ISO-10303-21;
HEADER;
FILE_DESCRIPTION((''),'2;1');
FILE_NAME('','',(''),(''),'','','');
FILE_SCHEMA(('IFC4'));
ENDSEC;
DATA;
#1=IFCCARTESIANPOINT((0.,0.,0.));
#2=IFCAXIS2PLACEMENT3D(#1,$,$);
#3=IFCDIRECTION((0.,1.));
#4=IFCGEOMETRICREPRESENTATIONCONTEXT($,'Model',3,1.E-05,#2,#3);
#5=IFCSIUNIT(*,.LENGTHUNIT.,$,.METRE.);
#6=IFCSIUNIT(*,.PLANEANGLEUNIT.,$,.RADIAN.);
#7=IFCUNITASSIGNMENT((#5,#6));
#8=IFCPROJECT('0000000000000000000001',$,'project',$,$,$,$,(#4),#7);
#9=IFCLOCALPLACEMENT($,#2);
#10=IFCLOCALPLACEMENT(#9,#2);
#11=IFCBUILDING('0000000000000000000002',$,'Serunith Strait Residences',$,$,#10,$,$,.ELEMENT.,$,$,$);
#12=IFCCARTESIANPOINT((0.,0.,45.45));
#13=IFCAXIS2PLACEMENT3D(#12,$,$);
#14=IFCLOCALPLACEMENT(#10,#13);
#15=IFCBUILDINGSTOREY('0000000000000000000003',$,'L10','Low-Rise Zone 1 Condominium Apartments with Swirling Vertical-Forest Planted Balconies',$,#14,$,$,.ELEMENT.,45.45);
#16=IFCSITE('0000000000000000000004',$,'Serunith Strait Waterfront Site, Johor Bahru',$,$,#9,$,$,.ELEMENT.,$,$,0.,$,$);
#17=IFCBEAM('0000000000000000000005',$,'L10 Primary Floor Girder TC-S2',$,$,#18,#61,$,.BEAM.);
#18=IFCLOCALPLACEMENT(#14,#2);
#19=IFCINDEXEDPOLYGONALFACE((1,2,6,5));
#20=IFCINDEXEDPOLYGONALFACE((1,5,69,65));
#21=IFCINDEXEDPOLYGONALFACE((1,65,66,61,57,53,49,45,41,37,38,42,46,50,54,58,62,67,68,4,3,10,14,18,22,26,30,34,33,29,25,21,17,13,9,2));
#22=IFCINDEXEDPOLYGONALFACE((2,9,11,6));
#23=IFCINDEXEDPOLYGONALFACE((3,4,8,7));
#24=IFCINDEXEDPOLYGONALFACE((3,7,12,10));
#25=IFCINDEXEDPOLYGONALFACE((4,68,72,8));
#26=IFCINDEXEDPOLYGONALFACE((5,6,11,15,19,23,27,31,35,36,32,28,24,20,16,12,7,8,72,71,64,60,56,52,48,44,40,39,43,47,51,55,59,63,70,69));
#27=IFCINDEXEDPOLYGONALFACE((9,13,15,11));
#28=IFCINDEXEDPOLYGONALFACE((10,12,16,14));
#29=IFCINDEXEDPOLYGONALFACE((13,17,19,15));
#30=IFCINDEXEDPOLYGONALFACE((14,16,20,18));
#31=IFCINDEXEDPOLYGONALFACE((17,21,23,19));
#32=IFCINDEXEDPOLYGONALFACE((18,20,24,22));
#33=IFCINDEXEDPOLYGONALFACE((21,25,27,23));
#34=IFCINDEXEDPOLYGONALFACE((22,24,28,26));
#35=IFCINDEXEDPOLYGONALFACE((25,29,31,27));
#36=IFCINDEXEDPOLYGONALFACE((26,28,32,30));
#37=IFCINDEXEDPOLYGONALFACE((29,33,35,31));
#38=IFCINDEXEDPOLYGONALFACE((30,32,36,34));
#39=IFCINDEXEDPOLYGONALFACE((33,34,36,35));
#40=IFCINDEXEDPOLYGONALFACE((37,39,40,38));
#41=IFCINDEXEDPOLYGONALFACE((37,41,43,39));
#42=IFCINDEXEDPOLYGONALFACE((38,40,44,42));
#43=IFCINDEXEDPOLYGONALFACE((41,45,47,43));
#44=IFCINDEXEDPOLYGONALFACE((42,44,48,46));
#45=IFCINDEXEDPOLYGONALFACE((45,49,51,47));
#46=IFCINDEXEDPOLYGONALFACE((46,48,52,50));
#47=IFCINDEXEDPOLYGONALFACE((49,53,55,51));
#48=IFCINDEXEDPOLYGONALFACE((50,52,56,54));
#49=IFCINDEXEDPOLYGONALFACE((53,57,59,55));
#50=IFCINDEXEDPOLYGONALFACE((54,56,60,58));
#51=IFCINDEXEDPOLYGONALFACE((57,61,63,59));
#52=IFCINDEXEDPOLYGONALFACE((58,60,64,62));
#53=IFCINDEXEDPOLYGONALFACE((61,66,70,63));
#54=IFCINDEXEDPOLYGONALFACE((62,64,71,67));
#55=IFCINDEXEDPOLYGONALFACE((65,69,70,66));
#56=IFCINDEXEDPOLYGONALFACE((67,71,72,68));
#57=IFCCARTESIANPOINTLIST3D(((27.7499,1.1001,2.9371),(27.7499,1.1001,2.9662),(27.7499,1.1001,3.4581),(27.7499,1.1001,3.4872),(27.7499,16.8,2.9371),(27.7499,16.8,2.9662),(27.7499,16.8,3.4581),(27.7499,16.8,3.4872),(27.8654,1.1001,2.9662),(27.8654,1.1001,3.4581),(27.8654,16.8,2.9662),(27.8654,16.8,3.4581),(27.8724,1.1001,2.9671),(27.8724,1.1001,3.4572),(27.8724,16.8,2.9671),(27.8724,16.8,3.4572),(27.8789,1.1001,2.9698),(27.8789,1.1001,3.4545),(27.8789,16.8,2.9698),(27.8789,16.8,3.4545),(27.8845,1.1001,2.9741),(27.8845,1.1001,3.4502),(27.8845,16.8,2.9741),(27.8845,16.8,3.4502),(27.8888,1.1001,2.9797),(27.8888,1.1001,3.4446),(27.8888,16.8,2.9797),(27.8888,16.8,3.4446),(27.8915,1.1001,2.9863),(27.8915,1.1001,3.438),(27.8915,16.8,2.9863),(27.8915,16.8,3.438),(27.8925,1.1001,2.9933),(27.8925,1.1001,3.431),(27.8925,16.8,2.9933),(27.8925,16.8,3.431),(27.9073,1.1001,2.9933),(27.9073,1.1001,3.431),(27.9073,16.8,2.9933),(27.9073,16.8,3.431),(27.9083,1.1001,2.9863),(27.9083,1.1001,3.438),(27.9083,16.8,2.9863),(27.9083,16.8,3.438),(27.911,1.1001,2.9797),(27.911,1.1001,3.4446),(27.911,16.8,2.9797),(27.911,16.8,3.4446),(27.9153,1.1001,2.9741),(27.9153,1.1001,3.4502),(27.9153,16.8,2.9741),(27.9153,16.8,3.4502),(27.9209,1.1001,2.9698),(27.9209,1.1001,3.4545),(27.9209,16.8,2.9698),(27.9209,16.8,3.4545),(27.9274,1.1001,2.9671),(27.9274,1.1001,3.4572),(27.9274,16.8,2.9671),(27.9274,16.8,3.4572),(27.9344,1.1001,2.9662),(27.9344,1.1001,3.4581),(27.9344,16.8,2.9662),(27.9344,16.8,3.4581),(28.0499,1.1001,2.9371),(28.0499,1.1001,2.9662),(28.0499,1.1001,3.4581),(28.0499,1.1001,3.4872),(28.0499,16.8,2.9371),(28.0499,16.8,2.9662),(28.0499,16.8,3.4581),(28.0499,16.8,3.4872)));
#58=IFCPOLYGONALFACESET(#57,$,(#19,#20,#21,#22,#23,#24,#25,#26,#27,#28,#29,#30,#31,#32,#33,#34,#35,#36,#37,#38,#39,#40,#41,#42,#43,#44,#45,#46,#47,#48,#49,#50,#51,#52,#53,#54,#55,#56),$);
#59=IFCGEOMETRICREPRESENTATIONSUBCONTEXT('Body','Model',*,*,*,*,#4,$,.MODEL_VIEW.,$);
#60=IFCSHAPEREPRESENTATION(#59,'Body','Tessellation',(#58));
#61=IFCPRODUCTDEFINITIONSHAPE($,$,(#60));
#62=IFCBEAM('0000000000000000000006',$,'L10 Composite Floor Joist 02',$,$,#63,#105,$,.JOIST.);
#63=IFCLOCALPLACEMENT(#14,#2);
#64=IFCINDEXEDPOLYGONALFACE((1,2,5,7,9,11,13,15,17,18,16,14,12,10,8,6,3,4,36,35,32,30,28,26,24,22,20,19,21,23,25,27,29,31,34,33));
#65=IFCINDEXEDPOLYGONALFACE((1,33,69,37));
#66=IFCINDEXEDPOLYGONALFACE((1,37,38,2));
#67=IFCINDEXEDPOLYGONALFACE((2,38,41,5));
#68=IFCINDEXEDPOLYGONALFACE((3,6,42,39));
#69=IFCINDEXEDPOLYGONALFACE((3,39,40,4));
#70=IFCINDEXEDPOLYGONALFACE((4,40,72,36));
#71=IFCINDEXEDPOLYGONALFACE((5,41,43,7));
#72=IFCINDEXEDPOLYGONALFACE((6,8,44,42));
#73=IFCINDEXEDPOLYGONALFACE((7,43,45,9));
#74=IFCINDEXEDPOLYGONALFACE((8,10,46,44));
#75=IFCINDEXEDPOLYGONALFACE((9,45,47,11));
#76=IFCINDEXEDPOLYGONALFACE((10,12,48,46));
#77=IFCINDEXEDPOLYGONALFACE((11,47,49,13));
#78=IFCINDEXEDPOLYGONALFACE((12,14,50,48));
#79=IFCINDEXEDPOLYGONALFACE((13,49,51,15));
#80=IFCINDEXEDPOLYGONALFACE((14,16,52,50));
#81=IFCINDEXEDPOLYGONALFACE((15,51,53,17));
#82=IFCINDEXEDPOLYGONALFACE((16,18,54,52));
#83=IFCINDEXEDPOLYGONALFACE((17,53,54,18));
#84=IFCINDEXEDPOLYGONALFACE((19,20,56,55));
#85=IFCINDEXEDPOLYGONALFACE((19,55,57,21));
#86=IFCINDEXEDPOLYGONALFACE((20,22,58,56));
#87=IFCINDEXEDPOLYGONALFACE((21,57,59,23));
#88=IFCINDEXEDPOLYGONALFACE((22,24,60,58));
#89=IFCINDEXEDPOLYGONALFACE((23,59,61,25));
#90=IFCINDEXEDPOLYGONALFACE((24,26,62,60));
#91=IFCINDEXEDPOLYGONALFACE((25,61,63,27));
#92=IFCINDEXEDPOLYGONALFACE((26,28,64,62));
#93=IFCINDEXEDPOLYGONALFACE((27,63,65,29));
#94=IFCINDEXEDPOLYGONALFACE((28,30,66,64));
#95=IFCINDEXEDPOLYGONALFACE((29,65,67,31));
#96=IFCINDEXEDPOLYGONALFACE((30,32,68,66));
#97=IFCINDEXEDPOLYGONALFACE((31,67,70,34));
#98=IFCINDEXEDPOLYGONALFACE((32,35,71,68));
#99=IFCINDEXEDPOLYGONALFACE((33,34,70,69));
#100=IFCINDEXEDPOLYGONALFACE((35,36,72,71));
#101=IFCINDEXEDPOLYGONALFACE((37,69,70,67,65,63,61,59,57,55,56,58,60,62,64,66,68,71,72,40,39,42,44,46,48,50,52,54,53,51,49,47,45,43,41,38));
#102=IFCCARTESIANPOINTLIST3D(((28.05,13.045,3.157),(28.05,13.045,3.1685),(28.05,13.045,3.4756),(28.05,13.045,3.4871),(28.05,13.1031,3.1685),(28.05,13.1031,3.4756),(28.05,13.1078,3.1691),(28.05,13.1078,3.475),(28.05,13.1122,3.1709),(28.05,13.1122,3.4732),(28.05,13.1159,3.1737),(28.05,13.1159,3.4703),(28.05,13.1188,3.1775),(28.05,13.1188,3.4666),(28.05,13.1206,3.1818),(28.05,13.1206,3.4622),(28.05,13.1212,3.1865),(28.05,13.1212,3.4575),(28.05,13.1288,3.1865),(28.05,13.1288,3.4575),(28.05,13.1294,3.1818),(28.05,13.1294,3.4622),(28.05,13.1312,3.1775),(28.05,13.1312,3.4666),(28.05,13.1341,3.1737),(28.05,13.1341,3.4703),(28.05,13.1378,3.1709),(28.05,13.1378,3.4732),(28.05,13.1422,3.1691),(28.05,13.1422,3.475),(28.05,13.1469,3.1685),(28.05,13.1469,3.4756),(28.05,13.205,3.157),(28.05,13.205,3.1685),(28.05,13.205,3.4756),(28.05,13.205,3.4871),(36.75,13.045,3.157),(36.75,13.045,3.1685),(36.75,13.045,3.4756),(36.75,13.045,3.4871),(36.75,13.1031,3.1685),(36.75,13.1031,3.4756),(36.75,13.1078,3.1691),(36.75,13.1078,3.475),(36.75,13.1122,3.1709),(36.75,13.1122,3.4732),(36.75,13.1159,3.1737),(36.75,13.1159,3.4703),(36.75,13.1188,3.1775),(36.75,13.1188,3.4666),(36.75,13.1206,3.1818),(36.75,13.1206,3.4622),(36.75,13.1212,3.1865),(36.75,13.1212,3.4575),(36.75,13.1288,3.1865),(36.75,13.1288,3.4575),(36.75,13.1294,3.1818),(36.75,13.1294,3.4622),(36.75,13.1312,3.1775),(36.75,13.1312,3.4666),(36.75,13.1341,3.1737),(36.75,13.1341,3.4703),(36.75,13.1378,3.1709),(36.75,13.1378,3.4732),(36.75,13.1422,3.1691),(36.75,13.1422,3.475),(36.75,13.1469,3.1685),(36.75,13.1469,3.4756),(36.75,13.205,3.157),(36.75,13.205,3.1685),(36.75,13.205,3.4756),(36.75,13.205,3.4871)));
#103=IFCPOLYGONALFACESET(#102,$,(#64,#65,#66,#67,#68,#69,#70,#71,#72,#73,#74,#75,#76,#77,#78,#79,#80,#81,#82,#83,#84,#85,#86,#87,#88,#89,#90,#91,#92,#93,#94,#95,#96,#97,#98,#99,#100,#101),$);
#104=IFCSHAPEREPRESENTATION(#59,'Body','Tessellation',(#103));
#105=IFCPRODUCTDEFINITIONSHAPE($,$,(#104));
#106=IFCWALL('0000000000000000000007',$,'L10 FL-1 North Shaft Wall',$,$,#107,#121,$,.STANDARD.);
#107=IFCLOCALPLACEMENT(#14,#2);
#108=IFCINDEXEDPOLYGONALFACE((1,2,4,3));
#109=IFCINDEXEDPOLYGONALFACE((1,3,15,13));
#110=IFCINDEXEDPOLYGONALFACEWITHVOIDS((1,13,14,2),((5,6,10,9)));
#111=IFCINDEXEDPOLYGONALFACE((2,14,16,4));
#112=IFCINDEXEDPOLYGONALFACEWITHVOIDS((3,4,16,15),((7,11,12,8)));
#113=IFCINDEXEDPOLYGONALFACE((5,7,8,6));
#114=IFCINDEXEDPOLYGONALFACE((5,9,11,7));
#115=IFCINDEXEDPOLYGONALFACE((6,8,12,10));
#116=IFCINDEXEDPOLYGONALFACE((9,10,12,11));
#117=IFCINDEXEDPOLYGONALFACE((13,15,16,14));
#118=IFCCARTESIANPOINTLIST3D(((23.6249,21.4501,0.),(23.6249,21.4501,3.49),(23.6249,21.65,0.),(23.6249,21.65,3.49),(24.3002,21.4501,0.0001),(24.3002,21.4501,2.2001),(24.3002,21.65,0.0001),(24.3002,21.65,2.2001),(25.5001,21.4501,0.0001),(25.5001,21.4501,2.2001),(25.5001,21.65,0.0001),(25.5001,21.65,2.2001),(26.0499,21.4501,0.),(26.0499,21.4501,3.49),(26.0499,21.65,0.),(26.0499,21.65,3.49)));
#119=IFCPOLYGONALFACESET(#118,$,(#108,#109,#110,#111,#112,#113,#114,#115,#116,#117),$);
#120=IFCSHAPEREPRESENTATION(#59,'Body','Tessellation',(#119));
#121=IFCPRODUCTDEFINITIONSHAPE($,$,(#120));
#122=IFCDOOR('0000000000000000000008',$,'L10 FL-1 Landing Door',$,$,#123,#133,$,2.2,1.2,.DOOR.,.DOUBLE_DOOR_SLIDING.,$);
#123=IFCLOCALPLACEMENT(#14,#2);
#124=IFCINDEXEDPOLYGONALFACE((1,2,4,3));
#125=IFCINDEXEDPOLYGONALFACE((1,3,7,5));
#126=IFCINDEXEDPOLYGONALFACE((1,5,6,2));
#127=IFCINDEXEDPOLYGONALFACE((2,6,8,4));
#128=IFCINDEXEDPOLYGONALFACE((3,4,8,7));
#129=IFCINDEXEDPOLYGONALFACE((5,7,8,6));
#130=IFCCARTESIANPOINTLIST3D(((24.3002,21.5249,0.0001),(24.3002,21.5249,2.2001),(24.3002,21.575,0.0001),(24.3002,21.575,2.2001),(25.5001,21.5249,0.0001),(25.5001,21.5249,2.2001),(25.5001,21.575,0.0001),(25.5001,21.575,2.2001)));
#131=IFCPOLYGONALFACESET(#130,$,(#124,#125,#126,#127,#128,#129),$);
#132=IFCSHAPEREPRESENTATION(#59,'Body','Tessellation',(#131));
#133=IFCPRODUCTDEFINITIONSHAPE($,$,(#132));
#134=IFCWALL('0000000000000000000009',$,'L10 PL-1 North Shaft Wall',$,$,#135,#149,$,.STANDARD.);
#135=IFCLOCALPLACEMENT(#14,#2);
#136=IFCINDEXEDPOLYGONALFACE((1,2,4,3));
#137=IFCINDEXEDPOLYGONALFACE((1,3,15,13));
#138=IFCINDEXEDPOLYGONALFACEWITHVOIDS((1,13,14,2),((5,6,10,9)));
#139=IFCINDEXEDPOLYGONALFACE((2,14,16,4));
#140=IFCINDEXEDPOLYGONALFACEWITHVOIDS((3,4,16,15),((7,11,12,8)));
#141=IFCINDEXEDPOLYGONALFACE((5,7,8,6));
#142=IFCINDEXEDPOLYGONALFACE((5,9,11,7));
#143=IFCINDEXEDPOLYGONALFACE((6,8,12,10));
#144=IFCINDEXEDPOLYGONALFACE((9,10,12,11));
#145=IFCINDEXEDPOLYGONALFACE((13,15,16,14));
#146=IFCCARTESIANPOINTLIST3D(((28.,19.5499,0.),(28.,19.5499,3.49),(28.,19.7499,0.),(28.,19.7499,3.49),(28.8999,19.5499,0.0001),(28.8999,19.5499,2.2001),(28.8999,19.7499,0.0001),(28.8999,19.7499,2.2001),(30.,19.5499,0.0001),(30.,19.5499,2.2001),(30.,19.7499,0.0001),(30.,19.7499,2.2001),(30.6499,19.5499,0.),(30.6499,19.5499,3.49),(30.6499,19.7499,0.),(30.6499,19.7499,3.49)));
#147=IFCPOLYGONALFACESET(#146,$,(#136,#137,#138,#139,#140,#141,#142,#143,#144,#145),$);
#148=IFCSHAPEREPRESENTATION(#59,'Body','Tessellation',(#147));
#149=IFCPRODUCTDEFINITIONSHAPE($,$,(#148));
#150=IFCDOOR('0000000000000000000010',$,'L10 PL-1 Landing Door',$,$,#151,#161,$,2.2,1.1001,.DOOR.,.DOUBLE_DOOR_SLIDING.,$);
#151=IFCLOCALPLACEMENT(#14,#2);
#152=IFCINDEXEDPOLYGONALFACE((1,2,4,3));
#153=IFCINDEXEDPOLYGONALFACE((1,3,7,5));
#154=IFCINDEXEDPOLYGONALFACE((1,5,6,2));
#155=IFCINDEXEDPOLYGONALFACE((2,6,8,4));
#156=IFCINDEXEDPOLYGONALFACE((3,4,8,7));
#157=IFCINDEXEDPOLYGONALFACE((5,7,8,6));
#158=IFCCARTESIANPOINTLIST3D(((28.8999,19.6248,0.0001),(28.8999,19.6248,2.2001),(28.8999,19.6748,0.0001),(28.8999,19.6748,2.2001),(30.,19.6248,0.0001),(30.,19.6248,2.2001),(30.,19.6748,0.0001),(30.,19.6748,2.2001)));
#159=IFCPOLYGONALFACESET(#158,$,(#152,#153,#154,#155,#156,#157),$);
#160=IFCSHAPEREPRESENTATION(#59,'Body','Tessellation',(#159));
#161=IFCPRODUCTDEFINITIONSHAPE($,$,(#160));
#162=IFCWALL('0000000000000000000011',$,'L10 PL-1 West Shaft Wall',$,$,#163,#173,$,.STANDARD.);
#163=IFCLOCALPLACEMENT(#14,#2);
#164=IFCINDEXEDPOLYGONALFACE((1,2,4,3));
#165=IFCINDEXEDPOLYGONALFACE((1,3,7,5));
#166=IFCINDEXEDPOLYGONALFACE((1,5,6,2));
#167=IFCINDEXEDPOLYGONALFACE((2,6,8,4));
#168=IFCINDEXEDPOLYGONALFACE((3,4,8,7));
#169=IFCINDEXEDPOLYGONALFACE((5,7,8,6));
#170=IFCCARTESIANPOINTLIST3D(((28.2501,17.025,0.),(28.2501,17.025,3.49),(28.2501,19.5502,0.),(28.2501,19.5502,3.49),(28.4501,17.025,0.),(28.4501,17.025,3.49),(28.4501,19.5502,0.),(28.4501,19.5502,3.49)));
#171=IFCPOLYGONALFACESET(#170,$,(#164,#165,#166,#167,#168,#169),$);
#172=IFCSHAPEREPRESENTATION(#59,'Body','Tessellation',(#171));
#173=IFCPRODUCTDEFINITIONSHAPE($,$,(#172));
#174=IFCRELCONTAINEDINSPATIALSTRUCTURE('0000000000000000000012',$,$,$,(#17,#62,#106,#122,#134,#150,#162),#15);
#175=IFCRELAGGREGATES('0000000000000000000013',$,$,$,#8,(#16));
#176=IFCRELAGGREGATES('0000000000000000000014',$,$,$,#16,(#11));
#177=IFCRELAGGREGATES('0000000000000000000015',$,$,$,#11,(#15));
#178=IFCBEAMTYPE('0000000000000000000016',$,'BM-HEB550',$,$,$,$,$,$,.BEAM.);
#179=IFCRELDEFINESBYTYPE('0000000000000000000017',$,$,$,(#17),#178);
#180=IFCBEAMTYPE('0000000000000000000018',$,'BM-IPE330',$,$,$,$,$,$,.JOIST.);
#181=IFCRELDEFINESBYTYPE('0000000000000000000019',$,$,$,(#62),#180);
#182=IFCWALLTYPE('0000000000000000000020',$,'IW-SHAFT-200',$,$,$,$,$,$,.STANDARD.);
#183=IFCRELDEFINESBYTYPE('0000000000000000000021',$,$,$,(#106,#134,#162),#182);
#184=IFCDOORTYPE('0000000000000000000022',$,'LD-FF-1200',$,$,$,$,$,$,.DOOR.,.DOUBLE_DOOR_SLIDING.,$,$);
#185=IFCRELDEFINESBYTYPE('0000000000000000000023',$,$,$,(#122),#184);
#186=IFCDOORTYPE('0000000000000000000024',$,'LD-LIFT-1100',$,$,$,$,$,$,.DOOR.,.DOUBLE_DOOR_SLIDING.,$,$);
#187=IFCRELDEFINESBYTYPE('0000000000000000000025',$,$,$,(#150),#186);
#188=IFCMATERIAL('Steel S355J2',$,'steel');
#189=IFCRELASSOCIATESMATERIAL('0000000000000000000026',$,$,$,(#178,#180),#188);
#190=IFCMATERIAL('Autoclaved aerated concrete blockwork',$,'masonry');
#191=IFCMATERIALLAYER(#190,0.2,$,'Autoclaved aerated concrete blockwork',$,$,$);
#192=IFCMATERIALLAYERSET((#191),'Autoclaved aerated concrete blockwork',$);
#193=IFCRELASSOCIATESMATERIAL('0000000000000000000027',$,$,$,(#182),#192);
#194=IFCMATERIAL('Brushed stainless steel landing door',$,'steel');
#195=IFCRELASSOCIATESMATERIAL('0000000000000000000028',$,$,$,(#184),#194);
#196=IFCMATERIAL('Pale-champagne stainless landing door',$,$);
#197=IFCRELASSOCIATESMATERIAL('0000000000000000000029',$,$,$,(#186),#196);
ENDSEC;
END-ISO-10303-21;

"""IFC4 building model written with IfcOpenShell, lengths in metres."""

from ifc_helpers import new_model, si_unit, direction, frame, frame_2d, origin, origin_2d, place, context, subcontext, project, spatial, rectangle, i_section, extrude, source, transform, mapped, material, layer, layer_set, material_profile, profile_set, type_object, element, fill, save


model = new_model("IFC4")

# Units and contexts
model_context = context("Model", 3, precision=1e-05, world=origin(), true_north=direction((0.0, 1.0)))
body_context = subcontext(model_context, "Body", "Model", "MODEL_VIEW")
ifc_project = project(units=[si_unit("LENGTHUNIT", "METRE"), si_unit("PLANEANGLEUNIT", "RADIAN")], contexts=[model_context])

# Site, building, storey
site_placement = place(None, origin())
site = spatial("IfcSite", under=ifc_project, at=site_placement, Name="Serunith Strait Waterfront Site, Johor Bahru", CompositionType="ELEMENT", RefElevation=0.0)
building_placement = place(site_placement, origin())
building = spatial("IfcBuilding", under=site, at=building_placement, Name="Serunith Strait Residences", CompositionType="ELEMENT")
storey_placement = place(building_placement, frame((0.0, 0.0, 45.45)))
storey = spatial("IfcBuildingStorey", under=building, at=storey_placement, Name="L10", Description="Low-Rise Zone 1 Condominium Apartments with Swirling Vertical-Forest Planted Balconies", CompositionType="ELEMENT", Elevation=45.45)

# Beams
ifc_material_1 = material(Name="Steel S355J2", Category="steel")
ifc_material_profile_1 = material_profile(ifc_material_1, i_section(OverallWidth=0.3, OverallDepth=0.55, WebThickness=0.0149, FlangeThickness=0.0291, FilletRadius=0.0271, at=origin_2d()), Name="HEB 550")
ifc_profile_set_1 = profile_set([ifc_material_profile_1], Name="Steel S355J2")
beam_type_1 = type_object("IfcBeamType", Name="BM-HEB550", PredefinedType="BEAM", material=ifc_profile_set_1)
shared_shape_1 = source(origin(), body_context, "Body", "SweptSolid", [
    extrude(i_section(OverallWidth=0.3, OverallDepth=0.55, WebThickness=0.0149, FlangeThickness=0.0291, FilletRadius=0.0271, at=origin_2d()), origin(), (0.0, 0.0, 1.0), 15.7),
])
beam_1_placement = place(storey_placement, frame((27.8999, 16.8, 3.2122), z_axis=(0.0, -1.0, 0.0), x_axis=(1.0, 0.0, 0.0)))
element("IfcBeam", 1, at=beam_1_placement, inside=storey, type_object=beam_type_1, Name="L10 Primary Floor Girder TC-S2", PredefinedType="BEAM", context=body_context, shape_type="MappedRepresentation", body=[
    mapped(shared_shape_1, transform((0.0, 0.0, 0.0), scale=1.0)),
])
ifc_material_profile_2 = material_profile(ifc_material_1, i_section(OverallWidth=0.1599, OverallDepth=0.3301, WebThickness=0.0076, FlangeThickness=0.0115, FilletRadius=0.0181, at=origin_2d()), Name="IPE 330")
ifc_profile_set_2 = profile_set([ifc_material_profile_2], Name="Steel S355J2")
beam_type_2 = type_object("IfcBeamType", Name="BM-IPE330", PredefinedType="JOIST", material=ifc_profile_set_2)
shared_shape_2 = source(origin(), body_context, "Body", "SweptSolid", [
    extrude(i_section(OverallWidth=0.1599, OverallDepth=0.3301, WebThickness=0.0076, FlangeThickness=0.0115, FilletRadius=0.0181, at=origin_2d()), origin(), (0.0, 0.0, 1.0), 8.7),
])
beam_2_placement = place(storey_placement, frame((28.05, 13.125, 3.322), z_axis=(1.0, 0.0, 0.0), x_axis=(0.0, 1.0, 0.0)))
element("IfcBeam", 2, at=beam_2_placement, inside=storey, type_object=beam_type_2, Name="L10 Composite Floor Joist 02", PredefinedType="JOIST", context=body_context, shape_type="MappedRepresentation", body=[
    mapped(shared_shape_2, transform((0.0, 0.0, 0.0), scale=1.0)),
])

# Walls, openings, doors
ifc_material_2 = material(Name="Autoclaved aerated concrete blockwork", Category="masonry")
ifc_layer_1 = layer(ifc_material_2, 0.2, Name="Autoclaved aerated concrete blockwork")
ifc_layer_set_1 = layer_set([ifc_layer_1], Name="Autoclaved aerated concrete blockwork")
wall_type_1 = type_object("IfcWallType", Name="IW-SHAFT-200", PredefinedType="STANDARD", material=ifc_layer_set_1)
wall_1_placement = place(storey_placement, frame((23.625, 21.55, 0.0), z_axis=(0.0, 0.0, 1.0), x_axis=(1.0, 0.0, 0.0)))
wall_1 = element("IfcWall", 3, at=wall_1_placement, inside=storey, type_object=wall_type_1, Name="L10 FL-1 North Shaft Wall", PredefinedType="STANDARD", context=body_context, shape_type="SweptSolid", body=[
    extrude(rectangle(XDim=2.425, YDim=0.2, at=frame_2d((1.2124, 0.0))), origin(), (0.0, 0.0, 1.0), 3.49),
])
opening_1_placement = place(wall_1_placement, frame((0.675, 0.0, 0.0)))
opening_1 = element("IfcOpeningElement", 4, at=opening_1_placement, cuts=wall_1, PredefinedType="OPENING", context=body_context, shape_type="SweptSolid", body=[
    extrude(rectangle(XDim=1.2, YDim=2.2, at=frame_2d((0.6001, 1.1001))), frame((0.0, 0.1099, 0.0), z_axis=(0.0, -1.0, 0.0), x_axis=(1.0, 0.0, 0.0)), (0.0, 0.0, 1.0), 0.22),
])
ifc_material_3 = material(Name="Brushed stainless steel landing door", Category="steel")
door_type_1 = type_object("IfcDoorType", Name="LD-FF-1200", OperationType="DOUBLE_DOOR_SLIDING", PredefinedType="DOOR", material=ifc_material_3)
shared_shape_3 = source(origin(), body_context, "Body", "SweptSolid", [
    extrude(rectangle(XDim=1.2, YDim=2.2, at=frame_2d((0.6001, 1.1001))), frame((0.0, 0.0249, 0.0), z_axis=(0.0, -1.0, 0.0), x_axis=(1.0, 0.0, 0.0)), (0.0, 0.0, 1.0), 0.05),
])
door_1_placement = place(opening_1_placement, origin())
door_1 = element("IfcDoor", 5, at=door_1_placement, inside=storey, type_object=door_type_1, Name="L10 FL-1 Landing Door", OperationType="DOUBLE_DOOR_SLIDING", OverallHeight=2.2, OverallWidth=1.2, PredefinedType="DOOR", context=body_context, shape_type="MappedRepresentation", body=[
    mapped(shared_shape_3, transform((0.0, 0.0, 0.0), scale=1.0)),
])
fill(opening_1, door_1)
wall_2_placement = place(storey_placement, frame((28.0, 19.6499, 0.0), z_axis=(0.0, 0.0, 1.0), x_axis=(1.0, 0.0, 0.0)))
wall_2 = element("IfcWall", 6, at=wall_2_placement, inside=storey, type_object=wall_type_1, Name="L10 PL-1 North Shaft Wall", PredefinedType="STANDARD", context=body_context, shape_type="SweptSolid", body=[
    extrude(rectangle(XDim=2.6499, YDim=0.2, at=frame_2d((1.325, 0.0))), origin(), (0.0, 0.0, 1.0), 3.49),
])
opening_2_placement = place(wall_2_placement, frame((0.8999, 0.0, 0.0)))
opening_2 = element("IfcOpeningElement", 7, at=opening_2_placement, cuts=wall_2, PredefinedType="OPENING", context=body_context, shape_type="SweptSolid", body=[
    extrude(rectangle(XDim=1.1001, YDim=2.2, at=frame_2d((0.55, 1.1001))), frame((0.0, 0.1099, 0.0), z_axis=(0.0, -1.0, 0.0), x_axis=(1.0, 0.0, 0.0)), (0.0, 0.0, 1.0), 0.22),
])
ifc_material_4 = material(Name="Pale-champagne stainless landing door")
door_type_2 = type_object("IfcDoorType", Name="LD-LIFT-1100", OperationType="DOUBLE_DOOR_SLIDING", PredefinedType="DOOR", material=ifc_material_4)
shared_shape_4 = source(origin(), body_context, "Body", "SweptSolid", [
    extrude(rectangle(XDim=1.1001, YDim=2.2, at=frame_2d((0.55, 1.1001))), frame((0.0, 0.0249, 0.0), z_axis=(0.0, -1.0, 0.0), x_axis=(1.0, 0.0, 0.0)), (0.0, 0.0, 1.0), 0.05),
])
door_2_placement = place(opening_2_placement, origin())
door_2 = element("IfcDoor", 8, at=door_2_placement, inside=storey, type_object=door_type_2, Name="L10 PL-1 Landing Door", OperationType="DOUBLE_DOOR_SLIDING", OverallHeight=2.2, OverallWidth=1.1001, PredefinedType="DOOR", context=body_context, shape_type="MappedRepresentation", body=[
    mapped(shared_shape_4, transform((0.0, 0.0, 0.0), scale=1.0)),
])
fill(opening_2, door_2)

# Wall
wall_3_placement = place(storey_placement, frame((28.3501, 17.0249, 0.0), z_axis=(0.0, 0.0, 1.0), x_axis=(0.0, 1.0, 0.0)))
element("IfcWall", 9, at=wall_3_placement, inside=storey, type_object=wall_type_1, Name="L10 PL-1 West Shaft Wall", PredefinedType="STANDARD", context=body_context, shape_type="SweptSolid", body=[
    extrude(rectangle(XDim=2.5251, YDim=0.2, at=frame_2d((1.2627, 0.0))), origin(), (0.0, 0.0, 1.0), 3.49),
])

save(model, "model.ifc")
